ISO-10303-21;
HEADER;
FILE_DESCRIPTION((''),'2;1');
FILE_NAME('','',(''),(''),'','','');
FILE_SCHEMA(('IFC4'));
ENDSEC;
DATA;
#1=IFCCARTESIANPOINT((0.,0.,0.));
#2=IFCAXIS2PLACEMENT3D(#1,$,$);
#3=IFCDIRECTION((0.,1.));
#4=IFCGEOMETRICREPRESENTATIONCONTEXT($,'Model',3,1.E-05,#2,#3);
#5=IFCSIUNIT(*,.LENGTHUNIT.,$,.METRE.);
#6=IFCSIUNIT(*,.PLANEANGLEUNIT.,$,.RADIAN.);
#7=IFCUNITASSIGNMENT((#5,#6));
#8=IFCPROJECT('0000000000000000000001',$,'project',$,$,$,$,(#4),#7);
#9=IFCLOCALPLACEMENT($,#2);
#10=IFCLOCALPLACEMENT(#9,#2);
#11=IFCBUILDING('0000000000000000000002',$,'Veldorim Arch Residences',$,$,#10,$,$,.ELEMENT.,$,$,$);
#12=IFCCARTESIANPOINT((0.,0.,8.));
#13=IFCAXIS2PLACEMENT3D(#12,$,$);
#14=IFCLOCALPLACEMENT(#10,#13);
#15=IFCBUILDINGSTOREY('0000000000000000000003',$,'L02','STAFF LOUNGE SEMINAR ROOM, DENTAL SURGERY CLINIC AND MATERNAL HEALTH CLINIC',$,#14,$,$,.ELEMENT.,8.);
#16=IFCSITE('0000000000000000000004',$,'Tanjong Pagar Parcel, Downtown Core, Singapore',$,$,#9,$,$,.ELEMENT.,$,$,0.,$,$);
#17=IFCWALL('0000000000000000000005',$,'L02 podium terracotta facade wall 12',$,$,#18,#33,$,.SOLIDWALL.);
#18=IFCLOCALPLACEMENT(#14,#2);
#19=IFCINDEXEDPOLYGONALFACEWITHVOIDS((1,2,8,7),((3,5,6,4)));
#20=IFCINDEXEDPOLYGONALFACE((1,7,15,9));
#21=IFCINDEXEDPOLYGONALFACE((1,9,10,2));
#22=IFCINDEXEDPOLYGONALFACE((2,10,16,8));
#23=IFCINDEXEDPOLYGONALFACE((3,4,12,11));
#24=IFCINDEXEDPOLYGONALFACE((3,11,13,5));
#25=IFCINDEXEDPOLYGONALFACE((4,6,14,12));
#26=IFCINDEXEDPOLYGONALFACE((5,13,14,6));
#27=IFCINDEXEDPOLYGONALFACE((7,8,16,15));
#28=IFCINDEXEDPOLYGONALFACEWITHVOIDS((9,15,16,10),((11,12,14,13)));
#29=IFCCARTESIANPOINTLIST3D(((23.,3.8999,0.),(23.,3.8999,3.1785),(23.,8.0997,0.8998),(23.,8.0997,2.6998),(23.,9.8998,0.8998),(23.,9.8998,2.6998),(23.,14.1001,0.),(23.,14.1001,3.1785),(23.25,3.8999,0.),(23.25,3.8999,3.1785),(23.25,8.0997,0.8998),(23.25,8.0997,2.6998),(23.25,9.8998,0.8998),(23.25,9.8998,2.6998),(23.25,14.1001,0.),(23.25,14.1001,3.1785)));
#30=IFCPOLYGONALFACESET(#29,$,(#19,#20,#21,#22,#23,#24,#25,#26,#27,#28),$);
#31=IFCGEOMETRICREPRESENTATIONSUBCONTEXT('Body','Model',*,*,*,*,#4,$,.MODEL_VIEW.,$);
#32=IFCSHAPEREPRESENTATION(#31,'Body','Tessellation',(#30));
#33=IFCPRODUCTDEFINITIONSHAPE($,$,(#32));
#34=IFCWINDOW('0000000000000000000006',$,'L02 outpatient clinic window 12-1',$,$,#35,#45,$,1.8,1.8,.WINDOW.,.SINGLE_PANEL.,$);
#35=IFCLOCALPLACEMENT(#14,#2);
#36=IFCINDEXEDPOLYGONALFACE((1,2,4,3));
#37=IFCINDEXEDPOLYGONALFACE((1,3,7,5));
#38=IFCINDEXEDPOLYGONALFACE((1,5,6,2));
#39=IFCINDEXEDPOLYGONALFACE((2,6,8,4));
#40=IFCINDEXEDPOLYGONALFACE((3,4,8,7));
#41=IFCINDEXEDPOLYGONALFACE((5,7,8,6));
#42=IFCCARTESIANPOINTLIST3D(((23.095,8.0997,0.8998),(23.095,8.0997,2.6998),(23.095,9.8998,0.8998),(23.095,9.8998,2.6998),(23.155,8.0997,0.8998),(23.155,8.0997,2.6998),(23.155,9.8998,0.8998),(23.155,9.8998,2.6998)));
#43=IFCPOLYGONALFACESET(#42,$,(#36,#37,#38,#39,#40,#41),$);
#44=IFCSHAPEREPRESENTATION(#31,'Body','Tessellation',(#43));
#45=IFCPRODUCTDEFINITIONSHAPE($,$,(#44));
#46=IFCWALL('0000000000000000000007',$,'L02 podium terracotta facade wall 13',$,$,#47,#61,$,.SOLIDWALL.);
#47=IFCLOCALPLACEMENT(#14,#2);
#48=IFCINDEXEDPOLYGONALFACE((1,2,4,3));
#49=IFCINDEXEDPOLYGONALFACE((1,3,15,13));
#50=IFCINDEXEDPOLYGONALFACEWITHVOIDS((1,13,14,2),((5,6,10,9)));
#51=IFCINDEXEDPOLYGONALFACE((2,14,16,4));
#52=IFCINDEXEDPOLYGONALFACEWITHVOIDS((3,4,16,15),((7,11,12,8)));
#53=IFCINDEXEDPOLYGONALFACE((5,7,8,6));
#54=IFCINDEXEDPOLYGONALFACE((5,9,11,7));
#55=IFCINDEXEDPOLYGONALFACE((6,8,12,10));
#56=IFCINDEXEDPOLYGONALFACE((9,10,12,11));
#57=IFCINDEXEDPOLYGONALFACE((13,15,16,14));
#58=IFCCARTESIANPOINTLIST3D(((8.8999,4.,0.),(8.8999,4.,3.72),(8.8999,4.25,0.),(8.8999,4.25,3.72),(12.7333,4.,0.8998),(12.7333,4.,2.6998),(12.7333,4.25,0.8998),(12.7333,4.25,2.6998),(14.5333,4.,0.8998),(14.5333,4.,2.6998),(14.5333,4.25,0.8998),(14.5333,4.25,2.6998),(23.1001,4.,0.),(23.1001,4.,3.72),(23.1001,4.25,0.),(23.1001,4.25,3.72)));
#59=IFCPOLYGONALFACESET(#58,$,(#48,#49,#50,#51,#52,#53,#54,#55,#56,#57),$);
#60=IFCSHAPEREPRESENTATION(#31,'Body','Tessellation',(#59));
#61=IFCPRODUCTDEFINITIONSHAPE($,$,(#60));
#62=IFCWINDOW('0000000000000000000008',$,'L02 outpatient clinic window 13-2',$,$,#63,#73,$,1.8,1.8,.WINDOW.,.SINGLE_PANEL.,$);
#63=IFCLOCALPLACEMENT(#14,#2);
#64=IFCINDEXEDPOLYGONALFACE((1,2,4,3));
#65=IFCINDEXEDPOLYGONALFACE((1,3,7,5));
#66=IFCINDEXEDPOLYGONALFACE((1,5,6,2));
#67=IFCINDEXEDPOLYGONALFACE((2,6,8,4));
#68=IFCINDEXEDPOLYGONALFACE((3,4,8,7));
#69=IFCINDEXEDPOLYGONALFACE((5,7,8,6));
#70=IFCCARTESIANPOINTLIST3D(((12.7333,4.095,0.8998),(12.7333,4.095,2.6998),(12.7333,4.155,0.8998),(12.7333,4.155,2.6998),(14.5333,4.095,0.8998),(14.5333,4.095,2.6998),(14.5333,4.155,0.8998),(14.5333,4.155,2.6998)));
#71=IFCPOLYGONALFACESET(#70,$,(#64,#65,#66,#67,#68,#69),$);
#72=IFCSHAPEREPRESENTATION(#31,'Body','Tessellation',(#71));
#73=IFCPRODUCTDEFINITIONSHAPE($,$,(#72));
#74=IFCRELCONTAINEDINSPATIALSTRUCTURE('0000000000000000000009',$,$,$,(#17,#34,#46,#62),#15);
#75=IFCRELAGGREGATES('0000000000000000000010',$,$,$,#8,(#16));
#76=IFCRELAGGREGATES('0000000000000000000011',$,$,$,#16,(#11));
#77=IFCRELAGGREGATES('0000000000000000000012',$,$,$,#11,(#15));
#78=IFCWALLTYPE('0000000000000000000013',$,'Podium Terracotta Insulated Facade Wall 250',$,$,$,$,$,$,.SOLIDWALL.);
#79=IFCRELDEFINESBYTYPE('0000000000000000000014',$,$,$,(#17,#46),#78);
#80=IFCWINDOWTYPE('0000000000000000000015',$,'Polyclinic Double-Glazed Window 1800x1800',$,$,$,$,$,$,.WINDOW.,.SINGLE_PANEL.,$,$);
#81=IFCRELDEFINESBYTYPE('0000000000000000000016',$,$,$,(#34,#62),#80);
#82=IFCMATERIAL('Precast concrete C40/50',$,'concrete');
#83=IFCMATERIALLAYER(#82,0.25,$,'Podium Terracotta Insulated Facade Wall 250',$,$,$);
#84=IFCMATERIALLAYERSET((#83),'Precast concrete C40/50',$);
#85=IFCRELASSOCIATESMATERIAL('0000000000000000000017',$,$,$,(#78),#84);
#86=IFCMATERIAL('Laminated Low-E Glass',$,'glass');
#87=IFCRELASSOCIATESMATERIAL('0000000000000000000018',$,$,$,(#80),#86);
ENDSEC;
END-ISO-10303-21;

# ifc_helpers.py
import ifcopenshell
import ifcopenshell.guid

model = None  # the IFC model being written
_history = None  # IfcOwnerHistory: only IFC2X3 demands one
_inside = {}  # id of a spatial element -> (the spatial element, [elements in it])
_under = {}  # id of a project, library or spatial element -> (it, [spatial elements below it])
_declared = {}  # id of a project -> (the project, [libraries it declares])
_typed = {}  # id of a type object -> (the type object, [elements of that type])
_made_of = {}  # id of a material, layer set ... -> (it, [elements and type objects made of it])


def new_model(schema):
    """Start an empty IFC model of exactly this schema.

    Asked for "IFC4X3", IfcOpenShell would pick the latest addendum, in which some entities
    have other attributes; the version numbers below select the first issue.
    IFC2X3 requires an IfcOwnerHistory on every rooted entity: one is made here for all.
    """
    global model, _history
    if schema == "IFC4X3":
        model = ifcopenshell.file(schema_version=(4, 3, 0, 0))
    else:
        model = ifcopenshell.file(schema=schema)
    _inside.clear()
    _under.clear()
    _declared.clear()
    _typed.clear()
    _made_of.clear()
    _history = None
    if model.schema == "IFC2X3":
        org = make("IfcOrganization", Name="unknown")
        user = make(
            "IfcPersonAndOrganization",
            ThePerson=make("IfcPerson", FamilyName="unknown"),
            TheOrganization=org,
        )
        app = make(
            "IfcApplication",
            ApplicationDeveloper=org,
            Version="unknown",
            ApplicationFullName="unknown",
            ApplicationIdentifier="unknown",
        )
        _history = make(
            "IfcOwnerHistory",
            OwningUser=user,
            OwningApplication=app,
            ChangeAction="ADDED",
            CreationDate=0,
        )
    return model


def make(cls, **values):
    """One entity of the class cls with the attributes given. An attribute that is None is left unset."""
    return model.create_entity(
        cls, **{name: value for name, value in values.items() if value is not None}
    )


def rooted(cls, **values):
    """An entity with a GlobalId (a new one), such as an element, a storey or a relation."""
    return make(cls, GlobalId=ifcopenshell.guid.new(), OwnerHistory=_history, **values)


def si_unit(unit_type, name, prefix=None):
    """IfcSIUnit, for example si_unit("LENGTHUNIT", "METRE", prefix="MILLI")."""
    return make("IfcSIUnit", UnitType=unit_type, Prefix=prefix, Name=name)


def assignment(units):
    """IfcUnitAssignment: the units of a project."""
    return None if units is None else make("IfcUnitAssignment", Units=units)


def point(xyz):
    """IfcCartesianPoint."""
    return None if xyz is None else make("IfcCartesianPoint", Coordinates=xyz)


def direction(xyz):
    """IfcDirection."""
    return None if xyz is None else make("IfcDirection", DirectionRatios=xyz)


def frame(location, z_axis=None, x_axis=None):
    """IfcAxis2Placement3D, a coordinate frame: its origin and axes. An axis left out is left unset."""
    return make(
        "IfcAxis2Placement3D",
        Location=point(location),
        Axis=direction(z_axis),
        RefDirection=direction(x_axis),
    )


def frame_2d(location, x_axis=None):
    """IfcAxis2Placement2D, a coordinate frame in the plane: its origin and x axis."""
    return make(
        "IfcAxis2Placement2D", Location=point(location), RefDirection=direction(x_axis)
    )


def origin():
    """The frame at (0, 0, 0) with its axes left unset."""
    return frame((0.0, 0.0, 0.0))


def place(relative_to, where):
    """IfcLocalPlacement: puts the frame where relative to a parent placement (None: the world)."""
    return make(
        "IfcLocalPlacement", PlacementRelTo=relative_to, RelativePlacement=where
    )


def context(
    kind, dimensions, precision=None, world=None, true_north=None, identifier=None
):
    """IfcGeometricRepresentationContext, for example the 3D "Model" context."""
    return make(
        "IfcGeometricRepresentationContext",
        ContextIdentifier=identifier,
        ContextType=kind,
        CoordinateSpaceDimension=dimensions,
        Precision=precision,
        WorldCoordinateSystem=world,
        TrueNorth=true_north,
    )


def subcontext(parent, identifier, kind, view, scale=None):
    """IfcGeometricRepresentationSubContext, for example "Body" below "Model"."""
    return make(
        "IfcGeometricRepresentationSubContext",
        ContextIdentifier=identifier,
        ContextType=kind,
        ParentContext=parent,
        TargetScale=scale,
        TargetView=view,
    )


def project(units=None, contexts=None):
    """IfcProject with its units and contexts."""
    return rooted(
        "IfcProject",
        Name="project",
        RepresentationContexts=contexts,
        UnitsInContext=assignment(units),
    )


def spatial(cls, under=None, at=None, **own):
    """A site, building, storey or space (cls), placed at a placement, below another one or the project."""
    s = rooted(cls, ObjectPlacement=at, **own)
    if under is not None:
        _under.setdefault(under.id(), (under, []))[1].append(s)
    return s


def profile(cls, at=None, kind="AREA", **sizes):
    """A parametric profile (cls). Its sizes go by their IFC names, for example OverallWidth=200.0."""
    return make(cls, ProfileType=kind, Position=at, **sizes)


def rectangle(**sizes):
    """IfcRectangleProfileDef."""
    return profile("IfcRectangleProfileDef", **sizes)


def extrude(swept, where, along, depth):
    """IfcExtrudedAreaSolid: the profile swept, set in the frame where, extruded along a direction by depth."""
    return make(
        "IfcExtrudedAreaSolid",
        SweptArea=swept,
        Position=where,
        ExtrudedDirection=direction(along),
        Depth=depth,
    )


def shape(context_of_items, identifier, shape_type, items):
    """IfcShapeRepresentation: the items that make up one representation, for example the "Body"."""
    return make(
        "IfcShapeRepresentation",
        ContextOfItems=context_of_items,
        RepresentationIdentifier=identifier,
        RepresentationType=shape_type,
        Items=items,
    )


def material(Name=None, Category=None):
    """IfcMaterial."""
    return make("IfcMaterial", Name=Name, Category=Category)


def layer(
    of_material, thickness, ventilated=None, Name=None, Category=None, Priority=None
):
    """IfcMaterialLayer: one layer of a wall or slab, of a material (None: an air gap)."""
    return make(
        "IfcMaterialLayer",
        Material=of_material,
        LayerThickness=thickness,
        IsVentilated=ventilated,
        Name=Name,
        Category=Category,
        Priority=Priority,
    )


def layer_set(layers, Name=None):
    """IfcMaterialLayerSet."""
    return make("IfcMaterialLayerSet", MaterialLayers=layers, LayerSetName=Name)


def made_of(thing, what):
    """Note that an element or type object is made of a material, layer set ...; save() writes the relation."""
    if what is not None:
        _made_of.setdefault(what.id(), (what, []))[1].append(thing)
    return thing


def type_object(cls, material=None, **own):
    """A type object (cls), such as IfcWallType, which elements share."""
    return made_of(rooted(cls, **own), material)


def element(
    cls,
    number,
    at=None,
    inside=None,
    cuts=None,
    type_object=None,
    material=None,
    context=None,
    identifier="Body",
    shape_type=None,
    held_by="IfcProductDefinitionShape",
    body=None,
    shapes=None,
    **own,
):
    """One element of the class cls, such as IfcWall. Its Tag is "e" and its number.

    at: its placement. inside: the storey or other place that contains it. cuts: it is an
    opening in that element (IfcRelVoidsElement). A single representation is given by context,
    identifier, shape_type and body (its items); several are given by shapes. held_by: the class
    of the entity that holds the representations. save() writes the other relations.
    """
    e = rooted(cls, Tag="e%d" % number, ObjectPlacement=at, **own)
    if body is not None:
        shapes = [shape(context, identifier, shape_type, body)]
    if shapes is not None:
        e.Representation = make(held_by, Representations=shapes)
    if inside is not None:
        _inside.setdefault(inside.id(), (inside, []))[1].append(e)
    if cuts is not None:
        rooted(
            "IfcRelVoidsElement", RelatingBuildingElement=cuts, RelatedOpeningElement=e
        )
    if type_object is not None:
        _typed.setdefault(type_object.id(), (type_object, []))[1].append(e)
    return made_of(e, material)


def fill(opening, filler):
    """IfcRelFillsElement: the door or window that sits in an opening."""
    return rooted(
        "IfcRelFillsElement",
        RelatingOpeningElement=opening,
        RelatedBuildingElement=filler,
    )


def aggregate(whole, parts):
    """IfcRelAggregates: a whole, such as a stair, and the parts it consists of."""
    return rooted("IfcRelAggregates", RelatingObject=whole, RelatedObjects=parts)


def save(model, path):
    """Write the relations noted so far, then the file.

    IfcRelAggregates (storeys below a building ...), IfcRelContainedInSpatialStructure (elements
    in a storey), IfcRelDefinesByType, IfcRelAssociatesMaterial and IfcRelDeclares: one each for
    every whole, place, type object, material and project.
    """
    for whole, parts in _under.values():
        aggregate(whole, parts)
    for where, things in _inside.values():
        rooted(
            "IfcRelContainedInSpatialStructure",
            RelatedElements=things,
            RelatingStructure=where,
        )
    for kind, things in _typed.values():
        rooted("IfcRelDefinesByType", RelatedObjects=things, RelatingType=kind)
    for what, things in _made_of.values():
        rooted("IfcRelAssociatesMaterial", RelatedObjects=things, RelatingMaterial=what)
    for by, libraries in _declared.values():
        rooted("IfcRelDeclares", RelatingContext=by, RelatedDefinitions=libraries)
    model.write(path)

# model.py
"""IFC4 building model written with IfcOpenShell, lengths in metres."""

from ifc_helpers import new_model, si_unit, direction, frame, frame_2d, origin, place, context, subcontext, project, spatial, rectangle, extrude, material, layer, layer_set, type_object, element, fill, save


model = new_model("IFC4")

# Units and contexts
model_context = context("Model", 3, precision=1e-05, world=origin(), true_north=direction((0.0, 1.0)))
body_context = subcontext(model_context, "Body", "Model", "MODEL_VIEW")
ifc_project = project(units=[si_unit("LENGTHUNIT", "METRE"), si_unit("PLANEANGLEUNIT", "RADIAN")], contexts=[model_context])

# Site, building, storey
site_placement = place(None, origin())
site = spatial("IfcSite", under=ifc_project, at=site_placement, Name="Tanjong Pagar Parcel, Downtown Core, Singapore", CompositionType="ELEMENT", RefElevation=0.0)
building_placement = place(site_placement, origin())
building = spatial("IfcBuilding", under=site, at=building_placement, Name="Veldorim Arch Residences", CompositionType="ELEMENT")
storey_placement = place(building_placement, frame((0.0, 0.0, 8.0)))
storey = spatial("IfcBuildingStorey", under=building, at=storey_placement, Name="L02", Description="STAFF LOUNGE SEMINAR ROOM, DENTAL SURGERY CLINIC AND MATERNAL HEALTH CLINIC", CompositionType="ELEMENT", Elevation=8.0)

# Shared definitions
ifc_material_1 = material(Name="Precast concrete C40/50", Category="concrete")
ifc_layer_1 = layer(ifc_material_1, 0.25, Name="Podium Terracotta Insulated Facade Wall 250")
ifc_layer_set_1 = layer_set([ifc_layer_1], Name="Precast concrete C40/50")
wall_type = type_object("IfcWallType", Name="Podium Terracotta Insulated Facade Wall 250", PredefinedType="SOLIDWALL", material=ifc_layer_set_1)

# Walls, openings, windows
wall_1_placement = place(storey_placement, frame((23.125, 3.8999, 0.0), z_axis=(0.0, 0.0, 1.0), x_axis=(0.0, 1.0, 0.0)))
wall_1 = element("IfcWall", 1, at=wall_1_placement, inside=storey, type_object=wall_type, Name="L02 podium terracotta facade wall 12", PredefinedType="SOLIDWALL", context=body_context, shape_type="SweptSolid", body=[
    extrude(rectangle(XDim=10.2002, YDim=0.25, at=frame_2d((5.1001, 0.0))), origin(), (0.0, 0.0, 1.0), 3.1785),
])
opening_1_placement = place(wall_1_placement, frame((4.2, 0.0, 0.8999)))
opening_1 = element("IfcOpeningElement", 2, at=opening_1_placement, cuts=wall_1, PredefinedType="OPENING", context=body_context, shape_type="SweptSolid", body=[
    extrude(rectangle(XDim=1.8, YDim=1.8, at=frame_2d((0.8999, 0.8999))), frame((0.0, 0.135, 0.0), z_axis=(0.0, -1.0, 0.0), x_axis=(1.0, 0.0, 0.0)), (0.0, 0.0, 1.0), 0.27),
])
ifc_material_2 = material(Name="Laminated Low-E Glass", Category="glass")
window_type = type_object("IfcWindowType", Name="Polyclinic Double-Glazed Window 1800x1800", PartitioningType="SINGLE_PANEL", PredefinedType="WINDOW", material=ifc_material_2)
window_1_placement = place(opening_1_placement, origin())
window_1 = element("IfcWindow", 3, at=window_1_placement, inside=storey, type_object=window_type, Name="L02 outpatient clinic window 12-1", OverallHeight=1.8, OverallWidth=1.8, PartitioningType="SINGLE_PANEL", PredefinedType="WINDOW", context=body_context, shape_type="SweptSolid", body=[
    extrude(rectangle(XDim=1.8, YDim=1.8, at=frame_2d((0.8999, 0.8999))), frame((0.0, 0.03, 0.0), z_axis=(0.0, -1.0, 0.0), x_axis=(1.0, 0.0, 0.0)), (0.0, 0.0, 1.0), 0.0601),
])
fill(opening_1, window_1)
wall_2_placement = place(storey_placement, frame((23.1001, 4.125, 0.0), z_axis=(0.0, 0.0, 1.0), x_axis=(-1.0, 0.0, 0.0)))
wall_2 = element("IfcWall", 4, at=wall_2_placement, inside=storey, type_object=wall_type, Name="L02 podium terracotta facade wall 13", PredefinedType="SOLIDWALL", context=body_context, shape_type="SweptSolid", body=[
    extrude(rectangle(XDim=14.2002, YDim=0.25, at=frame_2d((7.1001, 0.0))), origin(), (0.0, 0.0, 1.0), 3.72),
])
opening_2_placement = place(wall_2_placement, frame((8.5669, 0.0, 0.8999)))
opening_2 = element("IfcOpeningElement", 5, at=opening_2_placement, cuts=wall_2, PredefinedType="OPENING", context=body_context, shape_type="SweptSolid", body=[
    extrude(rectangle(XDim=1.8, YDim=1.8, at=frame_2d((0.8999, 0.8999))), frame((0.0, 0.135, 0.0), z_axis=(0.0, -1.0, 0.0), x_axis=(1.0, 0.0, 0.0)), (0.0, 0.0, 1.0), 0.27),
])
window_2_placement = place(opening_2_placement, origin())
window_2 = element("IfcWindow", 6, at=window_2_placement, inside=storey, type_object=window_type, Name="L02 outpatient clinic window 13-2", OverallHeight=1.8, OverallWidth=1.8, PartitioningType="SINGLE_PANEL", PredefinedType="WINDOW", context=body_context, shape_type="SweptSolid", body=[
    extrude(rectangle(XDim=1.8, YDim=1.8, at=frame_2d((0.8999, 0.8999))), frame((0.0, 0.03, 0.0), z_axis=(0.0, -1.0, 0.0), x_axis=(1.0, 0.0, 0.0)), (0.0, 0.0, 1.0), 0.0601),
])
fill(opening_2, window_2)

save(model, "model.ifc")
